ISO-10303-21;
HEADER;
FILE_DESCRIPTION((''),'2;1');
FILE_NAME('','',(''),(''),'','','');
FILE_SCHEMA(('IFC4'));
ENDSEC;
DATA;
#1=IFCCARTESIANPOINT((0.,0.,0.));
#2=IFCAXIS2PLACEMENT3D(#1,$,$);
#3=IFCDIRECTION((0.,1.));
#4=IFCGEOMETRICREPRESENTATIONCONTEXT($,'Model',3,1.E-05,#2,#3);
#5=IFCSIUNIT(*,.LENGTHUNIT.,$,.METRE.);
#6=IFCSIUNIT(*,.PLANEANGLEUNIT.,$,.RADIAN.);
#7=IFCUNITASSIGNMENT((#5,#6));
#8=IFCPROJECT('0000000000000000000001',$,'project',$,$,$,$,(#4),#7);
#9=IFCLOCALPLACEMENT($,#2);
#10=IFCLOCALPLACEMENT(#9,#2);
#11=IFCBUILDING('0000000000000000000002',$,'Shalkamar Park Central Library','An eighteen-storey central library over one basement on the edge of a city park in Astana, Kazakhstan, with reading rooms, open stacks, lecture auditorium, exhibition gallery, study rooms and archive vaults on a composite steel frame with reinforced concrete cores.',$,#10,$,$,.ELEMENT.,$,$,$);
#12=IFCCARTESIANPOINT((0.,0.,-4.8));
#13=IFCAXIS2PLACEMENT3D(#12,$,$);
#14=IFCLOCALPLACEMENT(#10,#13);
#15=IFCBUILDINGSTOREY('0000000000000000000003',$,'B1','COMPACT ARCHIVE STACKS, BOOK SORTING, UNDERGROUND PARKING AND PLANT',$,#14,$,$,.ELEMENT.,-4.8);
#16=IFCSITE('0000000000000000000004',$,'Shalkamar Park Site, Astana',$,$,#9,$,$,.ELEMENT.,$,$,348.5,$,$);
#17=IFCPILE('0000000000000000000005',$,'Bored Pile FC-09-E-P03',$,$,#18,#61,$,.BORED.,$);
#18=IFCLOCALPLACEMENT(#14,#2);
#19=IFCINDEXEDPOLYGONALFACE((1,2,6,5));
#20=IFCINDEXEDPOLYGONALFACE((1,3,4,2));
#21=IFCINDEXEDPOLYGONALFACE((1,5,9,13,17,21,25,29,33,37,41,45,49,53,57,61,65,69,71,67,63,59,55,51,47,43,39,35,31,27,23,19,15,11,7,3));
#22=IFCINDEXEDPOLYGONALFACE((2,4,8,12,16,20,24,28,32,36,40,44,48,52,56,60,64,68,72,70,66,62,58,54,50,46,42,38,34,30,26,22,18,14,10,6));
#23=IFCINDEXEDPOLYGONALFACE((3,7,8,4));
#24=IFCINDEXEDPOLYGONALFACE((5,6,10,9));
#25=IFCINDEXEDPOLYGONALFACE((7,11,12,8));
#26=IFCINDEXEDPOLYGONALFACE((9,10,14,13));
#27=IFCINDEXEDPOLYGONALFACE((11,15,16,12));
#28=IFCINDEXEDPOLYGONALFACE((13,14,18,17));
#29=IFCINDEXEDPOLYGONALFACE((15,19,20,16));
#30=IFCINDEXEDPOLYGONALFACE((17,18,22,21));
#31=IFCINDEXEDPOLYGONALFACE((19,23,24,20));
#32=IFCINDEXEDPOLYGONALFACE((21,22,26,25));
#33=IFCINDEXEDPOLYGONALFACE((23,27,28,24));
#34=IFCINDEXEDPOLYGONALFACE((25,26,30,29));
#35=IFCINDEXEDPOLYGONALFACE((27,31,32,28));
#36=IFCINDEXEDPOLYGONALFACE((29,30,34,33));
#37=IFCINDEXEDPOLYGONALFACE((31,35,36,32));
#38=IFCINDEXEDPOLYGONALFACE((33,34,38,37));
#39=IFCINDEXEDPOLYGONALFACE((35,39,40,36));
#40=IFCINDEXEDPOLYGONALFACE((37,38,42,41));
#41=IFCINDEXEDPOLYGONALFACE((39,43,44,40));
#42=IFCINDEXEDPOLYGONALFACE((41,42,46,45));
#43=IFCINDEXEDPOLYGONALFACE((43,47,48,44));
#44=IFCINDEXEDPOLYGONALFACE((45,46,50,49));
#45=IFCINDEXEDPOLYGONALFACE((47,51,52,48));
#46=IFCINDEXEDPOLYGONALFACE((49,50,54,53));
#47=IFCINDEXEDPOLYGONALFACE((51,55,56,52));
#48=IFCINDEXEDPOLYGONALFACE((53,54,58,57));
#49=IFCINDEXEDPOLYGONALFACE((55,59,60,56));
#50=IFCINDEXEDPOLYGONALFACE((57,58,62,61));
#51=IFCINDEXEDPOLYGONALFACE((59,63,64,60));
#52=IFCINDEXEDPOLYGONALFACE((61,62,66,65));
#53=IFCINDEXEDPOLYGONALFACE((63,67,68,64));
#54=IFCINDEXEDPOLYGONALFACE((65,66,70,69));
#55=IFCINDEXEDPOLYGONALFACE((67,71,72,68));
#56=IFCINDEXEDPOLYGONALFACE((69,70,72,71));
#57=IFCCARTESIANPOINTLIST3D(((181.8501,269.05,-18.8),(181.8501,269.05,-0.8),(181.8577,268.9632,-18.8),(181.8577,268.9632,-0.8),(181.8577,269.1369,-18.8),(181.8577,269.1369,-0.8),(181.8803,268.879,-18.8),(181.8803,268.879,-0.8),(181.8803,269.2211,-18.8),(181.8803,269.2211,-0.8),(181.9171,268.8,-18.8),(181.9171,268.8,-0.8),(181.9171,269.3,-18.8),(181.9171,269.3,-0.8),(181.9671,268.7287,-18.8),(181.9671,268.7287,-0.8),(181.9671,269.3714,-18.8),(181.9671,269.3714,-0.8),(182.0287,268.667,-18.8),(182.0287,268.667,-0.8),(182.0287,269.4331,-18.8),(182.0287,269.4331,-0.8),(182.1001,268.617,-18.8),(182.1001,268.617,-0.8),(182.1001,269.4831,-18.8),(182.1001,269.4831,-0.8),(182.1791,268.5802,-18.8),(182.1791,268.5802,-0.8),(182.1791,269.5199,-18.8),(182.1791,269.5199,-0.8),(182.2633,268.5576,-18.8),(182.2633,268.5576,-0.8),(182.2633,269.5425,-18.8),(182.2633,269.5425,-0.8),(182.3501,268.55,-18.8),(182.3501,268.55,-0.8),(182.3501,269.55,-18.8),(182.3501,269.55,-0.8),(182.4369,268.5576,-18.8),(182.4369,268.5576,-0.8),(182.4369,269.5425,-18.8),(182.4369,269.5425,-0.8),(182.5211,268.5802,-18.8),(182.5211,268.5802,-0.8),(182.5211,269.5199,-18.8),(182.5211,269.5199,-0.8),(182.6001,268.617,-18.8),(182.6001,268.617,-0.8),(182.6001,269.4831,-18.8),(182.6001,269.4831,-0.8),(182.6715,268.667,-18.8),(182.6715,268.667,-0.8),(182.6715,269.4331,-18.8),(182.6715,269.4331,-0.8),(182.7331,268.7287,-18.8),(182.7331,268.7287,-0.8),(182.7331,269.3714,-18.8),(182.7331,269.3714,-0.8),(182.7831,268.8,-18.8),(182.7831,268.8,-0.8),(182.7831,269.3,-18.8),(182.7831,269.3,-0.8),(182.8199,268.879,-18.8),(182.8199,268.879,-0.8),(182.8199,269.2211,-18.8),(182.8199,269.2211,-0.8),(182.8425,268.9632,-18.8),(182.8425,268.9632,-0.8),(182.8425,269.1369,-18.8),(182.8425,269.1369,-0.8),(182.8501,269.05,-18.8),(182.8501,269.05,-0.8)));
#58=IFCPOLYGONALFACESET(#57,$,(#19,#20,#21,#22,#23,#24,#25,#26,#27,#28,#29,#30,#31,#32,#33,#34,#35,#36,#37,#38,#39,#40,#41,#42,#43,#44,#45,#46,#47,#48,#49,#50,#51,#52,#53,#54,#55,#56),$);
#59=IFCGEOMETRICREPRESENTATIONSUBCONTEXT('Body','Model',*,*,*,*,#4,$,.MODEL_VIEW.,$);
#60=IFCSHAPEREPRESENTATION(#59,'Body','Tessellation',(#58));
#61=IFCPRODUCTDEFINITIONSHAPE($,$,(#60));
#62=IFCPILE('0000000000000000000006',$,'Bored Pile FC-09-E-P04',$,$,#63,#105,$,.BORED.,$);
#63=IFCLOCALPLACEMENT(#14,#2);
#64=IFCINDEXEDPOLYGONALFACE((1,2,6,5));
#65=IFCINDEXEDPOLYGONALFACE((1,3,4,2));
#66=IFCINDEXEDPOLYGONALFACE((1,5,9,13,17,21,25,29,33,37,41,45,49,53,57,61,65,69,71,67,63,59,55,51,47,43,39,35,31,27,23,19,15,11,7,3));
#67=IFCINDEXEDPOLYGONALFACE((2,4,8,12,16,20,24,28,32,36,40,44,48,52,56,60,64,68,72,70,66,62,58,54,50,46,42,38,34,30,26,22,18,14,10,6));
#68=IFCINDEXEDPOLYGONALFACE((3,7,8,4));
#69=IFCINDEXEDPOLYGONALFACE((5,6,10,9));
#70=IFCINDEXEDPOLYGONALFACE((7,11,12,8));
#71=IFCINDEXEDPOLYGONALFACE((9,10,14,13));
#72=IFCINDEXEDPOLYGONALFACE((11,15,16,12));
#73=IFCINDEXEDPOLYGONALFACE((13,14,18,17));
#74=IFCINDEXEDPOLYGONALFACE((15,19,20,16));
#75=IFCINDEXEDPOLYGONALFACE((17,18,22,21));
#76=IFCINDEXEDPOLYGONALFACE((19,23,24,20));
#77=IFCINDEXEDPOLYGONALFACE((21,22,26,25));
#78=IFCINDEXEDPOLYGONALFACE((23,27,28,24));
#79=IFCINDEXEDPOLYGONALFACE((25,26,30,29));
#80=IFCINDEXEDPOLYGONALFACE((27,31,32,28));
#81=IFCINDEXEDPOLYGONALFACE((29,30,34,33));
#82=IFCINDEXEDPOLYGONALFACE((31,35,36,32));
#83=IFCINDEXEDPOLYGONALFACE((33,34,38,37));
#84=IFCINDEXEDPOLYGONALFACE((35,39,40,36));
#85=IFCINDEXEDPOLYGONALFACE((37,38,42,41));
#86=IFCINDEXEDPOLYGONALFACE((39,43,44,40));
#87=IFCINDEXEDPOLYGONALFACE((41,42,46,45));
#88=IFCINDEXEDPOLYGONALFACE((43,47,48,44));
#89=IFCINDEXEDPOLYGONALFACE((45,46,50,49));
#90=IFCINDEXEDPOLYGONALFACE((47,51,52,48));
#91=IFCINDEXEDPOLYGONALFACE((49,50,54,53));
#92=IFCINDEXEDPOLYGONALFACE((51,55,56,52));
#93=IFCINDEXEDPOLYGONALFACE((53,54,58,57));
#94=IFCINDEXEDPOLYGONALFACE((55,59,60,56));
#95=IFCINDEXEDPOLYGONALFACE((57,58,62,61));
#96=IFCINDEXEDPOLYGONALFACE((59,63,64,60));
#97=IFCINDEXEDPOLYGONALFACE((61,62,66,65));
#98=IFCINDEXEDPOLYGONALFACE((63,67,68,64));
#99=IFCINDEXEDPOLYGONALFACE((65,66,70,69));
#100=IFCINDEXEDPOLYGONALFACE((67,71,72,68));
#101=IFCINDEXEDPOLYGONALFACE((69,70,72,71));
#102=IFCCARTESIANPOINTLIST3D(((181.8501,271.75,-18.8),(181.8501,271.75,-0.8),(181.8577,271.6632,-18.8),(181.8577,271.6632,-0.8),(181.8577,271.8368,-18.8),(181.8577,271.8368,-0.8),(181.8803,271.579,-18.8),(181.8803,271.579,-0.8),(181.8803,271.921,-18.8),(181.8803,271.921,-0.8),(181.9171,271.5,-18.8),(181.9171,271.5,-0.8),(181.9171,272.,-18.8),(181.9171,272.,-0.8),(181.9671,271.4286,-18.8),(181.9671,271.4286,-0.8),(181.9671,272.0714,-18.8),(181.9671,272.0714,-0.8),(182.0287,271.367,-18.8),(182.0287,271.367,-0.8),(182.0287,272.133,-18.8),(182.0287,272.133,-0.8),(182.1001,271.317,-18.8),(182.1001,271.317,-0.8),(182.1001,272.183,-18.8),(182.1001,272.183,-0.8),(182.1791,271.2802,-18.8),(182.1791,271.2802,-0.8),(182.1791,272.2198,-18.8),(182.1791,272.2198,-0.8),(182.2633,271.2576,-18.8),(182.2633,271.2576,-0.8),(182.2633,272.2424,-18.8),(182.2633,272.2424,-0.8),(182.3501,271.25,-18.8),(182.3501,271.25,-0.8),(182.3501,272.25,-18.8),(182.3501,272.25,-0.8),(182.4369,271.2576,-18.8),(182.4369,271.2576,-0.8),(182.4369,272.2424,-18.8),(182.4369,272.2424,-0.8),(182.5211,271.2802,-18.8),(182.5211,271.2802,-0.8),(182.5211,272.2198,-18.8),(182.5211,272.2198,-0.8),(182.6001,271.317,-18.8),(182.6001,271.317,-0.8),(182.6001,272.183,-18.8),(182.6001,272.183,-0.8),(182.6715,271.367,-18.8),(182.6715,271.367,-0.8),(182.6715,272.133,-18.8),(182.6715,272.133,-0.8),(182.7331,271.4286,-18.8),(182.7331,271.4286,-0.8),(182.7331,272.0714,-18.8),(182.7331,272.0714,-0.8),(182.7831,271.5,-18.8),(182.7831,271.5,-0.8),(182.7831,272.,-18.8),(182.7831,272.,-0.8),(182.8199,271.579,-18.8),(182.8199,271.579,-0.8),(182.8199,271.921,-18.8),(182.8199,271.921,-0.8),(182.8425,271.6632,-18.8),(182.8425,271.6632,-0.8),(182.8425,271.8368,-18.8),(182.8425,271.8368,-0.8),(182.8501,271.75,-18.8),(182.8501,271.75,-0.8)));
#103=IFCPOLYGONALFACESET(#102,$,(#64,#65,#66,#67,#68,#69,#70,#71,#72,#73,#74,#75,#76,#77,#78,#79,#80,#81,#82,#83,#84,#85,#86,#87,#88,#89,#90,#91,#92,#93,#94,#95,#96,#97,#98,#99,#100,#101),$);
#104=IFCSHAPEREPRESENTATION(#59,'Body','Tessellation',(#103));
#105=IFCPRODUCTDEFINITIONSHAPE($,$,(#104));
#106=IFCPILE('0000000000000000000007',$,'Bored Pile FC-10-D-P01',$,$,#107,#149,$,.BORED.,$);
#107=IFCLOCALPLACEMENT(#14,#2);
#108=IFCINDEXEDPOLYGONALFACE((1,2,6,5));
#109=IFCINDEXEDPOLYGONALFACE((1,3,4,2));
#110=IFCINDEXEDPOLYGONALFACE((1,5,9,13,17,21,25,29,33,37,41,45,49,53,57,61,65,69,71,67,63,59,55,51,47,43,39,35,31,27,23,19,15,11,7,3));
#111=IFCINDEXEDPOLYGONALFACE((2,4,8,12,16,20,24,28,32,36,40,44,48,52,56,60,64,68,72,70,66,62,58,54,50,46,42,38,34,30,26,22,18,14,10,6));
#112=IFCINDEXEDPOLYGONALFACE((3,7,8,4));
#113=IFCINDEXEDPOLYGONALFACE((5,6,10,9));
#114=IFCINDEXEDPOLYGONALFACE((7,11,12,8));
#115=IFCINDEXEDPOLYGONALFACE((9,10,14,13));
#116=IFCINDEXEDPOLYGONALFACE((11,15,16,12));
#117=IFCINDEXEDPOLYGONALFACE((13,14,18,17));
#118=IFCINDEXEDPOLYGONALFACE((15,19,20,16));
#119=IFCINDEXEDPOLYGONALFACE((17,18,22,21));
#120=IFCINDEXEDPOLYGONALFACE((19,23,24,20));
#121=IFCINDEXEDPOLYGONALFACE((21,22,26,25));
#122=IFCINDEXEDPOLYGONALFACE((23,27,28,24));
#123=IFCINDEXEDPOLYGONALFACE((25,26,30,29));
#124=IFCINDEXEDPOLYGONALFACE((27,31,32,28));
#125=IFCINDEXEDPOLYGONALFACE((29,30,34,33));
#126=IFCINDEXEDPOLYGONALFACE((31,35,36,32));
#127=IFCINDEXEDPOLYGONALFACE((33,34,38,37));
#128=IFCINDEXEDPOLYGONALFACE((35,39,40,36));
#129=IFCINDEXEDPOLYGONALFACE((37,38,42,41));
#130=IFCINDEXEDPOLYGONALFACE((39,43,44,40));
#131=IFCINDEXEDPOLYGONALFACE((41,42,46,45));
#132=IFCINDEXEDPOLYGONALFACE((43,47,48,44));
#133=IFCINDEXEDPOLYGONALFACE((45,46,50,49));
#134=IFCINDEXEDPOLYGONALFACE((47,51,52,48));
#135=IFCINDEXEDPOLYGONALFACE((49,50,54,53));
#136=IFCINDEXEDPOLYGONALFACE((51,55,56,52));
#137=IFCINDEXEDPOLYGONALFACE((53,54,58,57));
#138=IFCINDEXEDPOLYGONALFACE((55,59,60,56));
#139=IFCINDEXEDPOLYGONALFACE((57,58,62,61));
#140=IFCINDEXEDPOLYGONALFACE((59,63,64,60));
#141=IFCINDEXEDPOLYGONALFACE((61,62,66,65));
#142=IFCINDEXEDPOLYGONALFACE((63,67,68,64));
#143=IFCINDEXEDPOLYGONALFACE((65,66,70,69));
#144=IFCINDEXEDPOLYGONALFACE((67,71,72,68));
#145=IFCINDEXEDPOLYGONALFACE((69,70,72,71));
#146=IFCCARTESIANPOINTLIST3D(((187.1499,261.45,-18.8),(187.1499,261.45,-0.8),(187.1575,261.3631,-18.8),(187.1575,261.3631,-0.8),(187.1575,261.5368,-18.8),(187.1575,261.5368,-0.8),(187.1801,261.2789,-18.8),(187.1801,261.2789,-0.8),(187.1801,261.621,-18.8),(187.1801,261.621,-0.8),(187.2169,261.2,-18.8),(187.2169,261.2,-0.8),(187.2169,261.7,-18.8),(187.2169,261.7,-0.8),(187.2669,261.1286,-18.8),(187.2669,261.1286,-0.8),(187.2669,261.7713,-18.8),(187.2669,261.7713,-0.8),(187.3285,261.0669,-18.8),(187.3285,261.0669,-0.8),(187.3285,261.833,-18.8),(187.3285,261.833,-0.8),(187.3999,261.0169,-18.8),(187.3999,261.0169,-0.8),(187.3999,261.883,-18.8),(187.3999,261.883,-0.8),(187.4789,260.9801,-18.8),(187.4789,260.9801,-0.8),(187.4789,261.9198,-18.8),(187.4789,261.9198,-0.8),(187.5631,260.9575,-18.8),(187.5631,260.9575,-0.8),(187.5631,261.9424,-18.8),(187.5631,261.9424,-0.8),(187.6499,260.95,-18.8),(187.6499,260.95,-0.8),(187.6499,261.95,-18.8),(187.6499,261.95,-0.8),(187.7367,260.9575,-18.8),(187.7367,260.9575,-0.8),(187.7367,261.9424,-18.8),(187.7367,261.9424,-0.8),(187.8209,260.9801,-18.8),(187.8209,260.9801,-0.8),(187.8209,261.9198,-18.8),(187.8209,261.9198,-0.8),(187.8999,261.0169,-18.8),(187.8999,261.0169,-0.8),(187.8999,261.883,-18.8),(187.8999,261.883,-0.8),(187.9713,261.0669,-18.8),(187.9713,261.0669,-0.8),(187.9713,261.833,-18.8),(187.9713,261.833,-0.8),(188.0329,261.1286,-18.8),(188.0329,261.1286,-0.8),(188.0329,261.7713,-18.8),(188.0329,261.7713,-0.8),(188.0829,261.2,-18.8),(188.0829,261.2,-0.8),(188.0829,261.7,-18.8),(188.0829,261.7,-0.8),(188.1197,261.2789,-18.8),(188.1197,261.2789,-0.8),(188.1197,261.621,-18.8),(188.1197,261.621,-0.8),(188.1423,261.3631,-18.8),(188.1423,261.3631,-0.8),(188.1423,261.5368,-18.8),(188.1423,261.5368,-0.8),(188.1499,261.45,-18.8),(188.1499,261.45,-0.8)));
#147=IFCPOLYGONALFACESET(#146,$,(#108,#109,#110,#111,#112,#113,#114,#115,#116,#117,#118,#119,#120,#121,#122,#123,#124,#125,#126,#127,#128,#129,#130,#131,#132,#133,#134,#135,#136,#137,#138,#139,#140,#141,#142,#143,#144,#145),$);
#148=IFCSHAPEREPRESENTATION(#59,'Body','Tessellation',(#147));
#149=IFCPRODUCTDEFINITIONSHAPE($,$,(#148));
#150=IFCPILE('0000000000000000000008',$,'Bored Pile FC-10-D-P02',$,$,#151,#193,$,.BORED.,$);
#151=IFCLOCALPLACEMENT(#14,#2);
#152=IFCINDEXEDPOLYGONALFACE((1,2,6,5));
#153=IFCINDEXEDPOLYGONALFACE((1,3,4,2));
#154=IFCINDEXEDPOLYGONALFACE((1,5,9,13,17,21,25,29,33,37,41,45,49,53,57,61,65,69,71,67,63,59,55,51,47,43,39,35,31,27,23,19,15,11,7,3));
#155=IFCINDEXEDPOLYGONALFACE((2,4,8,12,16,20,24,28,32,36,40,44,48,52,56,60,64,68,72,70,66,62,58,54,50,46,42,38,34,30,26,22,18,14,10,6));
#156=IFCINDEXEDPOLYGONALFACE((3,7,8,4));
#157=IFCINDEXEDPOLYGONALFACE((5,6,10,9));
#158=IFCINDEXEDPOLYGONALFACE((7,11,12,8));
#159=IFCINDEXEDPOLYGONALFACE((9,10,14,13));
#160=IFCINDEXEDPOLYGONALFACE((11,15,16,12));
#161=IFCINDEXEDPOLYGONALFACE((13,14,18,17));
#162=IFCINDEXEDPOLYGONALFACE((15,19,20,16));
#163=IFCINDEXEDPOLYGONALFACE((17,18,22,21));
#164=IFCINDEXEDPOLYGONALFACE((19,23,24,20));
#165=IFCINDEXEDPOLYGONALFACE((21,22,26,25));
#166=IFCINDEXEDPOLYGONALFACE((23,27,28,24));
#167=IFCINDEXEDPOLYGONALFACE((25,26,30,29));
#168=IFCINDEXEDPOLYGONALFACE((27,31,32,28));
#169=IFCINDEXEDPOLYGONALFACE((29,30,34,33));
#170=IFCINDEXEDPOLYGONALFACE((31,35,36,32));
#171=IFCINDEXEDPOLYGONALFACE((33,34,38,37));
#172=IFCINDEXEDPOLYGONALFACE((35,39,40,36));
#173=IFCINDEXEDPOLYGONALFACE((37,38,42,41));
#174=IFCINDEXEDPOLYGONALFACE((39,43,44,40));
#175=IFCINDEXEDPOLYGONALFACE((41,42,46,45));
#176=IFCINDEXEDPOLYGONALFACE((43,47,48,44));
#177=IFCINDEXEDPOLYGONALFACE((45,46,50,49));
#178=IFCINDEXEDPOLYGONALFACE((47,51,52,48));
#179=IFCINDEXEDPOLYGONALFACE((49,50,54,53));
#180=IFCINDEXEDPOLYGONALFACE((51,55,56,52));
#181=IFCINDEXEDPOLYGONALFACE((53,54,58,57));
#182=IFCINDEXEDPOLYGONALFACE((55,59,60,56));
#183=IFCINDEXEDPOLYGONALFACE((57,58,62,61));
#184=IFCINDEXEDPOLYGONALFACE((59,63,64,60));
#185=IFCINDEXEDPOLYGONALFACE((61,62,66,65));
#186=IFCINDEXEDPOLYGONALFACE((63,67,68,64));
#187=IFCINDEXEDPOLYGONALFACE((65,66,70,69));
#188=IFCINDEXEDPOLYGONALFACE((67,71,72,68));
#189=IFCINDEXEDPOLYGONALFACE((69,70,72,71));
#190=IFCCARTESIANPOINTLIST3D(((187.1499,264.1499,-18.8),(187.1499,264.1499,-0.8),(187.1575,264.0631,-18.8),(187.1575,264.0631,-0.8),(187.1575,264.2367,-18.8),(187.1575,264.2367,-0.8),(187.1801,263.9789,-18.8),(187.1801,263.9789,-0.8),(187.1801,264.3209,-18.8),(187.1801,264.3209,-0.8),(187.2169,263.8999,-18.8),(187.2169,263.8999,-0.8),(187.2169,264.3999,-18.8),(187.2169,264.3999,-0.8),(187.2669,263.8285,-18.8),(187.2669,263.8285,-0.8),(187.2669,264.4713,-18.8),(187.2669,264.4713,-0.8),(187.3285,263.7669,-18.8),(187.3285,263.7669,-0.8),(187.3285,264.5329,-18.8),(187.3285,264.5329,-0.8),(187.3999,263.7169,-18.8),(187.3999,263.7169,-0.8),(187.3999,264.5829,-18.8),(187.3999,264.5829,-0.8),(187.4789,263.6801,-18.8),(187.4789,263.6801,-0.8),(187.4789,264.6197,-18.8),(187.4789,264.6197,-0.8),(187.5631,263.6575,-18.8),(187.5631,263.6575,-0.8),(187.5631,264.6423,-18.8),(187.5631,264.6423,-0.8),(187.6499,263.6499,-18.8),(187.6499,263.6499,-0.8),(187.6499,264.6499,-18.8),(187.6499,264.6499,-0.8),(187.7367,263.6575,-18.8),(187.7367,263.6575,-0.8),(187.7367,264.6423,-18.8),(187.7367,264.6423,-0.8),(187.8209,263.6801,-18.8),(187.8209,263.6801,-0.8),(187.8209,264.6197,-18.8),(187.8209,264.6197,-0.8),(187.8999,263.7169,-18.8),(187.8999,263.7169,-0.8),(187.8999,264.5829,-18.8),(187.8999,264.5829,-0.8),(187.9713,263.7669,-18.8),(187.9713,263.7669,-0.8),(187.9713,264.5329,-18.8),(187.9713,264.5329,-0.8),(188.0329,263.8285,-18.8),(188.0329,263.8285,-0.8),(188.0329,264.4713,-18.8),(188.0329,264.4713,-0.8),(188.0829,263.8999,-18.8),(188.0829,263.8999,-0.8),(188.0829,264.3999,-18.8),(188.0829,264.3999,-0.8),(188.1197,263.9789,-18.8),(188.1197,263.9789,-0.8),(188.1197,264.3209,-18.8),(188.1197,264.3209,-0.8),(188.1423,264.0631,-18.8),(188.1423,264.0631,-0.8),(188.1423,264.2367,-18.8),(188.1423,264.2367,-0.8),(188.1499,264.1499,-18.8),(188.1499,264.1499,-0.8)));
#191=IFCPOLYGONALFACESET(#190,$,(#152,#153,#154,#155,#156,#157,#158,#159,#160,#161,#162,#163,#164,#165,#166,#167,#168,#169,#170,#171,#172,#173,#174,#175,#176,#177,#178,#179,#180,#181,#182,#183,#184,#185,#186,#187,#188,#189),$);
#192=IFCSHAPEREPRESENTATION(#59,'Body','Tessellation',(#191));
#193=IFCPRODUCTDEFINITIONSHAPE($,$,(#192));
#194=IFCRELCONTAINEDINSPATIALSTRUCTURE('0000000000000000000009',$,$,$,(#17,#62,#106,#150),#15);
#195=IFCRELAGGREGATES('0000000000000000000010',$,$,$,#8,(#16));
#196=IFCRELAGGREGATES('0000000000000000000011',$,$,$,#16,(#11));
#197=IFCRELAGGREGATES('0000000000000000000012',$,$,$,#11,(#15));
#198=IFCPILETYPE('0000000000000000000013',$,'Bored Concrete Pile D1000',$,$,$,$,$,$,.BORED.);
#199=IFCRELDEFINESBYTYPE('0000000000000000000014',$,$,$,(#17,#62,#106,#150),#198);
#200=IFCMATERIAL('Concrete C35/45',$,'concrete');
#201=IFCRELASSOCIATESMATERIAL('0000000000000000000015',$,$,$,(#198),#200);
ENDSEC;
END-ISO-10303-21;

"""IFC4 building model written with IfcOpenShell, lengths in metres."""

from ifc_helpers import new_model, si_unit, direction, frame, origin, origin_2d, place, context, subcontext, project, spatial, circle, extrude, material, material_profile, profile_set, type_object, element, save


model = new_model("IFC4")

# Units and contexts
model_context = context("Model", 3, precision=1e-05, world=origin(), true_north=direction((0.0, 1.0)))
body_context = subcontext(model_context, "Body", "Model", "MODEL_VIEW")
ifc_project = project(units=[si_unit("LENGTHUNIT", "METRE"), si_unit("PLANEANGLEUNIT", "RADIAN")], contexts=[model_context])

# Site, building, storey
site_placement = place(None, origin())
site = spatial("IfcSite", under=ifc_project, at=site_placement, Name="Shalkamar Park Site, Astana", CompositionType="ELEMENT", RefElevation=348.5)
building_placement = place(site_placement, origin())
building = spatial("IfcBuilding", under=site, at=building_placement, Name="Shalkamar Park Central Library", Description="An eighteen-storey central library over one basement on the edge of a city park in Astana, Kazakhstan, with reading rooms, open stacks, lecture auditorium, exhibition gallery, study rooms and archive vaults on a composite steel frame with reinforced concrete cores.", CompositionType="ELEMENT")
storey_placement = place(building_placement, frame((0.0, 0.0, -4.8)))
storey = spatial("IfcBuildingStorey", under=building, at=storey_placement, Name="B1", Description="COMPACT ARCHIVE STACKS, BOOK SORTING, UNDERGROUND PARKING AND PLANT", CompositionType="ELEMENT", Elevation=-4.8)

# Piles
ifc_material_1 = material(Name="Concrete C35/45", Category="concrete")
ifc_material_profile_1 = material_profile(ifc_material_1, circle(Radius=0.5, at=origin_2d()), Name="PILE D1000")
ifc_profile_set_1 = profile_set([ifc_material_profile_1], Name="Concrete C35/45")
pile_type_1 = type_object("IfcPileType", Name="Bored Concrete Pile D1000", PredefinedType="BORED", material=ifc_profile_set_1)
for number, where, z_axis, x_axis, name in (
    (1, (182.3501, 269.05, -0.8), (0.0, 0.0, -1.0), (1.0, 0.0, 0.0), "Bored Pile FC-09-E-P03"),
    (2, (182.3501, 271.75, -0.8), (0.0, 0.0, -1.0), (1.0, 0.0, 0.0), "Bored Pile FC-09-E-P04"),
    (3, (187.6499, 261.45, -0.8), (0.0, 0.0, -1.0), (1.0, 0.0, 0.0), "Bored Pile FC-10-D-P01"),
    (4, (187.6499, 264.1499, -0.8), (0.0, 0.0, -1.0), (1.0, 0.0, 0.0), "Bored Pile FC-10-D-P02"),
):
    element("IfcPile", number, at=place(storey_placement, frame(where, z_axis=z_axis, x_axis=x_axis)), inside=storey, type_object=pile_type_1, Name=name, PredefinedType="BORED", context=body_context, shape_type="SweptSolid", body=[
        extrude(circle(Radius=0.5, at=origin_2d()), origin(), (0.0, 0.0, 1.0), 18.0),
    ])

save(model, "model.ifc")
